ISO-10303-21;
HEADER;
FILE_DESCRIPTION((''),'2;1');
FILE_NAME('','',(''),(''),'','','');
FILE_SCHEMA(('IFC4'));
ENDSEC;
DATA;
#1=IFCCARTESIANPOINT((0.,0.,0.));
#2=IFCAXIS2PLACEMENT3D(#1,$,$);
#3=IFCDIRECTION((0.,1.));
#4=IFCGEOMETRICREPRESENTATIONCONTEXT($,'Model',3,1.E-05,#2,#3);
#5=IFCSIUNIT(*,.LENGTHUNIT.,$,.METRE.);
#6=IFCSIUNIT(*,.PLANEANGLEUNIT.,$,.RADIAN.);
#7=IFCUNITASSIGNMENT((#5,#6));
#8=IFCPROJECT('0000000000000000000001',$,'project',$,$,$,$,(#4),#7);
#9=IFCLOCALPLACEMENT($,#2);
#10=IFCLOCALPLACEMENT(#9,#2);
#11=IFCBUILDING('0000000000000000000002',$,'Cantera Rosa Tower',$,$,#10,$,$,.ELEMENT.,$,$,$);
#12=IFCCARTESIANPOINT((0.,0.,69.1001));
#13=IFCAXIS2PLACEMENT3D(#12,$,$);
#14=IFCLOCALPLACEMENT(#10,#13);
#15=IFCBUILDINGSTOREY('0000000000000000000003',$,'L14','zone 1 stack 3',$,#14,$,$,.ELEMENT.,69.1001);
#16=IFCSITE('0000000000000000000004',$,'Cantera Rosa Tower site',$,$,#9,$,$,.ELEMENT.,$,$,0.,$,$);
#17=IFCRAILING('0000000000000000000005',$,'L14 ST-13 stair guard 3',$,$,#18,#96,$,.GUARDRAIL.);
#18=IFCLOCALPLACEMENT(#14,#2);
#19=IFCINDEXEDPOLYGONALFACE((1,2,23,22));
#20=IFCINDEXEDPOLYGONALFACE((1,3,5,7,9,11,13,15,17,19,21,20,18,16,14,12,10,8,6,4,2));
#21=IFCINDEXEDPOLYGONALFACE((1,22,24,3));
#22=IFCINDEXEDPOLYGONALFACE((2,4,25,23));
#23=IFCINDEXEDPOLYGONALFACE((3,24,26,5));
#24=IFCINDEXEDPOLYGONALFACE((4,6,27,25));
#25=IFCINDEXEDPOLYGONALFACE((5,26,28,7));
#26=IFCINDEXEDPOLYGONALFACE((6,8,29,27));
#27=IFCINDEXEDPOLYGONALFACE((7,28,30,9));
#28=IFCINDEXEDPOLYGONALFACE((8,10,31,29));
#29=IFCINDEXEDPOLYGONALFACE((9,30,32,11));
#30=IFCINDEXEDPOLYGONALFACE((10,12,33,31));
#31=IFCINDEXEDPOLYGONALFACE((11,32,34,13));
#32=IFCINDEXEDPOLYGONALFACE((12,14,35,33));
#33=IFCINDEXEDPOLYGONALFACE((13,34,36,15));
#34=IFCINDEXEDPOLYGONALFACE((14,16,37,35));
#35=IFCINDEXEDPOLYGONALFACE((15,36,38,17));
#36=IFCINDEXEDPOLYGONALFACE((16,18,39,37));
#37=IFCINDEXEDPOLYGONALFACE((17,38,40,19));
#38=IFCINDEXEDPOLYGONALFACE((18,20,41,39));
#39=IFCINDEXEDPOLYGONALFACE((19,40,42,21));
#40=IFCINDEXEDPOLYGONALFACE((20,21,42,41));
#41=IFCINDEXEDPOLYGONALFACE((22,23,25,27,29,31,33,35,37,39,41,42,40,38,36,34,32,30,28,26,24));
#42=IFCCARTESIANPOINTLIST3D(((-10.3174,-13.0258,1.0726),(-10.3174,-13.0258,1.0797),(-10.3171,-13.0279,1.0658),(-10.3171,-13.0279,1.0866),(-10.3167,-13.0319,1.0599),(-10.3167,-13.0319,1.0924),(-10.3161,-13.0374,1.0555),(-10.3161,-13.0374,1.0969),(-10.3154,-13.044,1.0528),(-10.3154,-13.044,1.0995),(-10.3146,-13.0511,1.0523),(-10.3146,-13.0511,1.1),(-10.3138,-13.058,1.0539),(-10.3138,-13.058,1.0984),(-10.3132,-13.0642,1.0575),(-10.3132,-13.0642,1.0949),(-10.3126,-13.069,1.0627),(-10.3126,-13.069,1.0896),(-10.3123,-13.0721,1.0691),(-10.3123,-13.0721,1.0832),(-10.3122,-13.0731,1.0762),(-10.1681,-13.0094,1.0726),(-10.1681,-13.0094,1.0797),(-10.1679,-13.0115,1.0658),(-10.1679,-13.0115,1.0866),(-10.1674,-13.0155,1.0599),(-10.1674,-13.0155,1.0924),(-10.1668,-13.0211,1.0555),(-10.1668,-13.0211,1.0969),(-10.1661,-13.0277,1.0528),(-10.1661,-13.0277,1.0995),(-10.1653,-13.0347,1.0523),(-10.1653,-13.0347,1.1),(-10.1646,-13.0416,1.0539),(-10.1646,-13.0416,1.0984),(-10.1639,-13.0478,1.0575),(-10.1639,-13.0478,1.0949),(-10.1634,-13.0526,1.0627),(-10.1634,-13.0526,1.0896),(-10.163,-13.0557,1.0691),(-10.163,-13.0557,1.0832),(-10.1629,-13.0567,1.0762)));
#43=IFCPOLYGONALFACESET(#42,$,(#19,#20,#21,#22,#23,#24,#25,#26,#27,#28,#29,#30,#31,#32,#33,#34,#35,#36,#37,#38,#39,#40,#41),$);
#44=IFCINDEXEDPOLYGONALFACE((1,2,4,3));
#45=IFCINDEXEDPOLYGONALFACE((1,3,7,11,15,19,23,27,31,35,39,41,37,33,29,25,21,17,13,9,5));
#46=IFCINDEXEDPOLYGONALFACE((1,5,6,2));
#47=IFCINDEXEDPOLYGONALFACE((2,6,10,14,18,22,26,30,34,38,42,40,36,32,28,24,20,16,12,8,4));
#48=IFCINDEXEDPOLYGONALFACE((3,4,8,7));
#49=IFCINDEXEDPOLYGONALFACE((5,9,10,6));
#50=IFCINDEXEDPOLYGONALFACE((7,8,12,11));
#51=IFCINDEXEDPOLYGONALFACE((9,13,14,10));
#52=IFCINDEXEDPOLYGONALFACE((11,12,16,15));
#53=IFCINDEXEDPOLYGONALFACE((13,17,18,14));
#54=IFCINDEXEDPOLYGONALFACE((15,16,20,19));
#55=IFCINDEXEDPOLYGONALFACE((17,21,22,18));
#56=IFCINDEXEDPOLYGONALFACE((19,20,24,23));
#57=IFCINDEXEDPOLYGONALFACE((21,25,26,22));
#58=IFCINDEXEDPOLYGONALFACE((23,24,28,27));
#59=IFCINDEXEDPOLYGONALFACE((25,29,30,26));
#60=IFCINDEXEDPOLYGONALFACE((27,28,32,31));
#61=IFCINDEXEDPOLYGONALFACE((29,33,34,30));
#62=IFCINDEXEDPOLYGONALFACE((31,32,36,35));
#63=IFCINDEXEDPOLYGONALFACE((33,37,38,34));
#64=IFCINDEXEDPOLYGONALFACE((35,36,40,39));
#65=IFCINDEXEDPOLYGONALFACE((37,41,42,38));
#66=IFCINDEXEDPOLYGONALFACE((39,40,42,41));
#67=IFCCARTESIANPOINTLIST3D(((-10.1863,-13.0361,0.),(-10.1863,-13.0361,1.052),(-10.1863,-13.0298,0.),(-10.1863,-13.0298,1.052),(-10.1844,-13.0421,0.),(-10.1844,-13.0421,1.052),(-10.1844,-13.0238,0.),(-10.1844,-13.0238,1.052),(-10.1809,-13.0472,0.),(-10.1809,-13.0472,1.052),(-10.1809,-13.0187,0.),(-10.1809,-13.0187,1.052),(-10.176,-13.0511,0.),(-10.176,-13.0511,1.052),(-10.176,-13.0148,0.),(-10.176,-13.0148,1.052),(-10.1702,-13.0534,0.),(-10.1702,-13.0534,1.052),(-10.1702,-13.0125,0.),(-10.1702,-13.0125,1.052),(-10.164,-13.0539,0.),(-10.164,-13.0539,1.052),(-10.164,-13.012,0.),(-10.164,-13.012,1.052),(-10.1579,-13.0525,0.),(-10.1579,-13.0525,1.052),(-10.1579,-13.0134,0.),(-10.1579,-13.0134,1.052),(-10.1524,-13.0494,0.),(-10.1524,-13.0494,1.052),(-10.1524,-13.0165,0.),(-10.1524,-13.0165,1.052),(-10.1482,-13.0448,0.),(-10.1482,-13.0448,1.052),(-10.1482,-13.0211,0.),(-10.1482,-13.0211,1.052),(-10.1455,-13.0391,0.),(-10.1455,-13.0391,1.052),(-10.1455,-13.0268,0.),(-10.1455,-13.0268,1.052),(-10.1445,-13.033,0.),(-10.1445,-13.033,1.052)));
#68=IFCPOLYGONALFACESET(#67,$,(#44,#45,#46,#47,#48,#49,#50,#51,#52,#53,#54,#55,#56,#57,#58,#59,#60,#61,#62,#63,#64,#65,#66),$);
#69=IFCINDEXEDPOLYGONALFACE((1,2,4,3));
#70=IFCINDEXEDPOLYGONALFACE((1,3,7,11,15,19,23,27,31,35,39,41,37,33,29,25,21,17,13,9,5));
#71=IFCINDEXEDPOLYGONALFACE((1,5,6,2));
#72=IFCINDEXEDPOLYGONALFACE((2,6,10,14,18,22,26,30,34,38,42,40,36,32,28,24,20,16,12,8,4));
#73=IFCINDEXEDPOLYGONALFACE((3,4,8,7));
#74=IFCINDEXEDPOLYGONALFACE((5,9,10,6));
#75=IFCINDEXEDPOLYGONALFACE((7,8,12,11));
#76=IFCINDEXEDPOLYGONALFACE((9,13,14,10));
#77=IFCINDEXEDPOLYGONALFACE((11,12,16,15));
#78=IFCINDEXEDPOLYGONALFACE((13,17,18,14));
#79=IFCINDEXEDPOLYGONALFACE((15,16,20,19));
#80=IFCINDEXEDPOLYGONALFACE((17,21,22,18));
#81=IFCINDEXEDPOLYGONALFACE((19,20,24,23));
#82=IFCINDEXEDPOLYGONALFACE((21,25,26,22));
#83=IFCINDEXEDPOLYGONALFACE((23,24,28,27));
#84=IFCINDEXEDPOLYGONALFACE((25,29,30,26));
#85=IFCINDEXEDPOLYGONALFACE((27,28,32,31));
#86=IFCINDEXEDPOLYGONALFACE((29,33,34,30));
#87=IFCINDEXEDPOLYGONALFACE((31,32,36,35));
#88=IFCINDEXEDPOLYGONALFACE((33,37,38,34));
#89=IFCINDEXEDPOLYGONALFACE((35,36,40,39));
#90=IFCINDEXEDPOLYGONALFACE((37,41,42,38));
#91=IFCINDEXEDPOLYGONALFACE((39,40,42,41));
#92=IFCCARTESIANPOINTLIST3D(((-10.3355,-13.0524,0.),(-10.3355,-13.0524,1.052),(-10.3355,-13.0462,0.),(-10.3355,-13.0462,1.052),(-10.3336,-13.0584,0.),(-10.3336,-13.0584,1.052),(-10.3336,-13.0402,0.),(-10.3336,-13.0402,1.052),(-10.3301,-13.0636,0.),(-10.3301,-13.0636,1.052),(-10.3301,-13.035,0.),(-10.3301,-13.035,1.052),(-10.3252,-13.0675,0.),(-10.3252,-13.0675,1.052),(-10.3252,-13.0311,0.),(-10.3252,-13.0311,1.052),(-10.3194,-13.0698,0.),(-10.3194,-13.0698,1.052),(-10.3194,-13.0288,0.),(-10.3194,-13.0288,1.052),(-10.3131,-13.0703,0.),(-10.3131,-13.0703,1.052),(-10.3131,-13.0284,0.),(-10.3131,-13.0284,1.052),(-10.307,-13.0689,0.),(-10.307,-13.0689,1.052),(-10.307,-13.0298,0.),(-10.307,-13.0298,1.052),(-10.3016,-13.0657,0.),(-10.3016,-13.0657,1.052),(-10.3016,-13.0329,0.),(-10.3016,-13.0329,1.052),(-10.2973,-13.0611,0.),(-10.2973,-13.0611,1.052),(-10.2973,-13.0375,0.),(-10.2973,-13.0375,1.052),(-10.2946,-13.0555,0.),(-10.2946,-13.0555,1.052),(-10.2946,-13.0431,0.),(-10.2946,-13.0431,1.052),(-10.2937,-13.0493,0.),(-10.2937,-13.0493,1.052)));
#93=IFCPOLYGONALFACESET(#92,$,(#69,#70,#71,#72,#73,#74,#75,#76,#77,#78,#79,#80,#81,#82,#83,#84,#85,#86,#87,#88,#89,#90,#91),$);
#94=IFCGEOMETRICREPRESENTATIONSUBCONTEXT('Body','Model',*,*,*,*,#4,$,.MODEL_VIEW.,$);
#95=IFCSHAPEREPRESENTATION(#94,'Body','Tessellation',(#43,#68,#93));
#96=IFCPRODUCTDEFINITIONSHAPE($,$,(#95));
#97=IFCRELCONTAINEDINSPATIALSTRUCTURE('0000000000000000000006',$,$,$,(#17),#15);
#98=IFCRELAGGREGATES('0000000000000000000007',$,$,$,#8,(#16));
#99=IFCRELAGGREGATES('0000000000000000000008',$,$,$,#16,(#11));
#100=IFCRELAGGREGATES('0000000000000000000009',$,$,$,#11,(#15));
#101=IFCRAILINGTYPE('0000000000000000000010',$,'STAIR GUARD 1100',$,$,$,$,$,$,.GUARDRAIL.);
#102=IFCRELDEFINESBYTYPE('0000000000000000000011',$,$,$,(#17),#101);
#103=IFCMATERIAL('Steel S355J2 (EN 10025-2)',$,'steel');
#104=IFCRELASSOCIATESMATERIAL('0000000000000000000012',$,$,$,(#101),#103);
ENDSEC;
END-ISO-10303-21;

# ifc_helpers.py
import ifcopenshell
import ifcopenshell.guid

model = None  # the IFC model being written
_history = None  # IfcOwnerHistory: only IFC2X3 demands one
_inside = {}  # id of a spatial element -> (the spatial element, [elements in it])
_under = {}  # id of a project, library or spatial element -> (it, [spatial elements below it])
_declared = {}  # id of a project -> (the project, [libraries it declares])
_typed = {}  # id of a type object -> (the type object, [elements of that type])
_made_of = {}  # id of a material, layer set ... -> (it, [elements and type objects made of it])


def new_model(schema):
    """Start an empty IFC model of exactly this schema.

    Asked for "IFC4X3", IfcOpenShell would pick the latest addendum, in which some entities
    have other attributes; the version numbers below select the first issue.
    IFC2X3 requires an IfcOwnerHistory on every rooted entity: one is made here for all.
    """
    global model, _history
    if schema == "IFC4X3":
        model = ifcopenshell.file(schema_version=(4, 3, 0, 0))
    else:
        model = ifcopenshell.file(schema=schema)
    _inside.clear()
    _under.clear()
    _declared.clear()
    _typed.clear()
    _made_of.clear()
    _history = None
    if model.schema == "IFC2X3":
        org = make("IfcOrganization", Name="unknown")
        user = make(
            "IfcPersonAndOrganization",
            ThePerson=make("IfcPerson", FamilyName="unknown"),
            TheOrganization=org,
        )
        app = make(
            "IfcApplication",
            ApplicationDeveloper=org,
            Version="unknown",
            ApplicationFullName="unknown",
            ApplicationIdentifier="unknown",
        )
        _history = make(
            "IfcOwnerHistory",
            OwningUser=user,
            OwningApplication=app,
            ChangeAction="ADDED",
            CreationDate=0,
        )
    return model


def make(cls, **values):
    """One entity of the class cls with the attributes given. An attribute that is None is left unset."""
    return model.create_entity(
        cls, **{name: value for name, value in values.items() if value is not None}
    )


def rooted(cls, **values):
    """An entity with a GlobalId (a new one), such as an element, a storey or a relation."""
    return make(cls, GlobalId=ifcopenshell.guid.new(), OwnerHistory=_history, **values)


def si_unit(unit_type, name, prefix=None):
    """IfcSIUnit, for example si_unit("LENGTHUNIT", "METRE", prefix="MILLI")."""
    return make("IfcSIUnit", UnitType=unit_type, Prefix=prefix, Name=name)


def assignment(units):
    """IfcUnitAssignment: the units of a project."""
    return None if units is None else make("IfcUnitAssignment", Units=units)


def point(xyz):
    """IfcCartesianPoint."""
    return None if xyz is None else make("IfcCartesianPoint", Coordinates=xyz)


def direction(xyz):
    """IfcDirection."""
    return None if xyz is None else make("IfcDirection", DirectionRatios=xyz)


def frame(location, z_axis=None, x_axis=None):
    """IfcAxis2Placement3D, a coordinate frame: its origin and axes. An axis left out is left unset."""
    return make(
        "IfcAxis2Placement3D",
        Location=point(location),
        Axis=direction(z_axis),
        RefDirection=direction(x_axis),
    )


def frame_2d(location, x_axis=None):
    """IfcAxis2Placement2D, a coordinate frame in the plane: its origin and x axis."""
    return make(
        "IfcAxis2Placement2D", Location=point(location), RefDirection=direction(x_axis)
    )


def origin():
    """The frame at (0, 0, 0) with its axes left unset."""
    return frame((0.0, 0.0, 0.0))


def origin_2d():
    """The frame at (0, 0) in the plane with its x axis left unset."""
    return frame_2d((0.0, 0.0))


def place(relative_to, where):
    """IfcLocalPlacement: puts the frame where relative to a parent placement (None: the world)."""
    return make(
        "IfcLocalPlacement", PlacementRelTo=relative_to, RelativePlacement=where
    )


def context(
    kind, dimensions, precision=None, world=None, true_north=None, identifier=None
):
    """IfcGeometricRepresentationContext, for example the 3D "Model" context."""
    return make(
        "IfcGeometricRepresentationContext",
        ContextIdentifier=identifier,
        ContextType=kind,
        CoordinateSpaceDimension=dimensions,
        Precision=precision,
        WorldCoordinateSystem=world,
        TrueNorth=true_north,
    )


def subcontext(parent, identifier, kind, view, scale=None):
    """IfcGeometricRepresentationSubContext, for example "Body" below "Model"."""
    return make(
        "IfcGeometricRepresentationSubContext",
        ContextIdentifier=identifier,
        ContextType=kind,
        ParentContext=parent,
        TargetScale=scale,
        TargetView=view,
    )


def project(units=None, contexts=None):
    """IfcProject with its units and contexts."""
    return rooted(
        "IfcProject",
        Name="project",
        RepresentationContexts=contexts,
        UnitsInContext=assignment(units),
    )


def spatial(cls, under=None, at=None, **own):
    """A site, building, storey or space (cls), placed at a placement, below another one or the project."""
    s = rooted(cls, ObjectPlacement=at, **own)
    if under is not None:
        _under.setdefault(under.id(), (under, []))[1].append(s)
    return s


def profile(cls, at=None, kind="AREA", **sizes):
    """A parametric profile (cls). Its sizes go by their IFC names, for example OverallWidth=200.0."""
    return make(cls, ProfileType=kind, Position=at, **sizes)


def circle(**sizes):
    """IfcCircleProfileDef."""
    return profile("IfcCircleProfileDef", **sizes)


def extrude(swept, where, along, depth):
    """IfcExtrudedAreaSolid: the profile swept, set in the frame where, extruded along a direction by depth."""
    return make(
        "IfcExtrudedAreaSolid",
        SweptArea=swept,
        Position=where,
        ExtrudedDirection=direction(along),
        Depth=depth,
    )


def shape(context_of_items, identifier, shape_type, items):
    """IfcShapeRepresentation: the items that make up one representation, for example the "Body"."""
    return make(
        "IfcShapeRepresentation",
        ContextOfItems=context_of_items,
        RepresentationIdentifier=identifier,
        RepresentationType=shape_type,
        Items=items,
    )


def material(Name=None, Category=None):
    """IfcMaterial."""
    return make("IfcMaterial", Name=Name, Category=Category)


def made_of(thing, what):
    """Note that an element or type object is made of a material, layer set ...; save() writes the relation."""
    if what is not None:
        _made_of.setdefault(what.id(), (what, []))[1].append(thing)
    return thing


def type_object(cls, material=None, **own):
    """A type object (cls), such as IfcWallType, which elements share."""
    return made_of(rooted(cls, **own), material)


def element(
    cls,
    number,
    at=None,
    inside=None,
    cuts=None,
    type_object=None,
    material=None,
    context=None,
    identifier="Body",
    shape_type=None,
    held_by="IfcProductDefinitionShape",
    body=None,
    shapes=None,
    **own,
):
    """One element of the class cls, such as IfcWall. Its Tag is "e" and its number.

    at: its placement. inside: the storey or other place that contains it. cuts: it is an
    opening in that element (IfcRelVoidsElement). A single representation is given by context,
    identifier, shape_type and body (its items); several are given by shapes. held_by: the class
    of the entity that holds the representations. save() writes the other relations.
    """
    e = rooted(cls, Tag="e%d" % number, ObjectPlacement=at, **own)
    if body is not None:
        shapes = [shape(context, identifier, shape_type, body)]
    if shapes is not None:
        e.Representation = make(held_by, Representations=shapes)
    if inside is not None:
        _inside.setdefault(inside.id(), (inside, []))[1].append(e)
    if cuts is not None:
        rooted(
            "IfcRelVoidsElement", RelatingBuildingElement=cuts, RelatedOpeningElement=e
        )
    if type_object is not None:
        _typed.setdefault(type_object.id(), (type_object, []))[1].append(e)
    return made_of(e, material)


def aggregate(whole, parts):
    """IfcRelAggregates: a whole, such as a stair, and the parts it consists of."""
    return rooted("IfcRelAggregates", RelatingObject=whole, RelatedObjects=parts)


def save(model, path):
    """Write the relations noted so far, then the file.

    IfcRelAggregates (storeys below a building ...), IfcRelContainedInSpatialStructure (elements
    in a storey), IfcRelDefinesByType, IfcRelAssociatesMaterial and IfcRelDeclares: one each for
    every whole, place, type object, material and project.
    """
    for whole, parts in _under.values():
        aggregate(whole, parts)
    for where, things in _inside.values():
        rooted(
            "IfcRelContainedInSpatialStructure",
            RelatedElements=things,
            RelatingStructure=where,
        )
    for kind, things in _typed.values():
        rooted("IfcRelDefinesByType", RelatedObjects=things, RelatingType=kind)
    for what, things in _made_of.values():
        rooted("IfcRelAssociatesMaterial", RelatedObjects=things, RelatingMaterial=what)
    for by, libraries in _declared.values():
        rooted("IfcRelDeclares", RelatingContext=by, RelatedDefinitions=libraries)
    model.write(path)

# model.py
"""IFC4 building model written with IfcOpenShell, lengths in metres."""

from ifc_helpers import new_model, si_unit, direction, frame, origin, origin_2d, place, context, subcontext, project, spatial, circle, extrude, material, type_object, element, save


model = new_model("IFC4")

# Units and contexts
model_context = context("Model", 3, precision=1e-05, world=origin(), true_north=direction((0.0, 1.0)))
body_context = subcontext(model_context, "Body", "Model", "MODEL_VIEW")
ifc_project = project(units=[si_unit("LENGTHUNIT", "METRE"), si_unit("PLANEANGLEUNIT", "RADIAN")], contexts=[model_context])

# Site, building, storey
site_placement = place(None, origin())
site = spatial("IfcSite", under=ifc_project, at=site_placement, Name="Cantera Rosa Tower site", CompositionType="ELEMENT", RefElevation=0.0)
building_placement = place(site_placement, origin())
building = spatial("IfcBuilding", under=site, at=building_placement, Name="Cantera Rosa Tower", CompositionType="ELEMENT")
storey_placement = place(building_placement, frame((0.0, 0.0, 69.1001)))
storey = spatial("IfcBuildingStorey", under=building, at=storey_placement, Name="L14", Description="zone 1 stack 3", CompositionType="ELEMENT", Elevation=69.1001)

# Railing
ifc_material_1 = material(Name="Steel S355J2 (EN 10025-2)", Category="steel")
railing_type_1 = type_object("IfcRailingType", Name="STAIR GUARD 1100", PredefinedType="GUARDRAIL", material=ifc_material_1)
railing_1_placement = place(storey_placement, frame((-10.1655, -13.033, 0.0)))
element("IfcRailing", 1, at=railing_1_placement, inside=storey, type_object=railing_type_1, Name="L14 ST-13 stair guard 3", PredefinedType="GUARDRAIL", context=body_context, shape_type="SweptSolid", body=[
    extrude(circle(Radius=0.0239, at=origin_2d()), frame((0.0, 0.0, 1.0762), z_axis=(-0.994041, -0.109003, 0.0), x_axis=(0.109003, -0.994041, 0.0)), (0.0, 0.0, 1.0), 0.1501),
    extrude(circle(Radius=0.021, at=origin_2d()), origin(), (0.0, 0.0, 1.0), 1.052),
    extrude(circle(Radius=0.021, at=origin_2d()), frame((-0.1492, -0.0164, 0.0)), (0.0, 0.0, 1.0), 1.052),
])

save(model, "model.ifc")
